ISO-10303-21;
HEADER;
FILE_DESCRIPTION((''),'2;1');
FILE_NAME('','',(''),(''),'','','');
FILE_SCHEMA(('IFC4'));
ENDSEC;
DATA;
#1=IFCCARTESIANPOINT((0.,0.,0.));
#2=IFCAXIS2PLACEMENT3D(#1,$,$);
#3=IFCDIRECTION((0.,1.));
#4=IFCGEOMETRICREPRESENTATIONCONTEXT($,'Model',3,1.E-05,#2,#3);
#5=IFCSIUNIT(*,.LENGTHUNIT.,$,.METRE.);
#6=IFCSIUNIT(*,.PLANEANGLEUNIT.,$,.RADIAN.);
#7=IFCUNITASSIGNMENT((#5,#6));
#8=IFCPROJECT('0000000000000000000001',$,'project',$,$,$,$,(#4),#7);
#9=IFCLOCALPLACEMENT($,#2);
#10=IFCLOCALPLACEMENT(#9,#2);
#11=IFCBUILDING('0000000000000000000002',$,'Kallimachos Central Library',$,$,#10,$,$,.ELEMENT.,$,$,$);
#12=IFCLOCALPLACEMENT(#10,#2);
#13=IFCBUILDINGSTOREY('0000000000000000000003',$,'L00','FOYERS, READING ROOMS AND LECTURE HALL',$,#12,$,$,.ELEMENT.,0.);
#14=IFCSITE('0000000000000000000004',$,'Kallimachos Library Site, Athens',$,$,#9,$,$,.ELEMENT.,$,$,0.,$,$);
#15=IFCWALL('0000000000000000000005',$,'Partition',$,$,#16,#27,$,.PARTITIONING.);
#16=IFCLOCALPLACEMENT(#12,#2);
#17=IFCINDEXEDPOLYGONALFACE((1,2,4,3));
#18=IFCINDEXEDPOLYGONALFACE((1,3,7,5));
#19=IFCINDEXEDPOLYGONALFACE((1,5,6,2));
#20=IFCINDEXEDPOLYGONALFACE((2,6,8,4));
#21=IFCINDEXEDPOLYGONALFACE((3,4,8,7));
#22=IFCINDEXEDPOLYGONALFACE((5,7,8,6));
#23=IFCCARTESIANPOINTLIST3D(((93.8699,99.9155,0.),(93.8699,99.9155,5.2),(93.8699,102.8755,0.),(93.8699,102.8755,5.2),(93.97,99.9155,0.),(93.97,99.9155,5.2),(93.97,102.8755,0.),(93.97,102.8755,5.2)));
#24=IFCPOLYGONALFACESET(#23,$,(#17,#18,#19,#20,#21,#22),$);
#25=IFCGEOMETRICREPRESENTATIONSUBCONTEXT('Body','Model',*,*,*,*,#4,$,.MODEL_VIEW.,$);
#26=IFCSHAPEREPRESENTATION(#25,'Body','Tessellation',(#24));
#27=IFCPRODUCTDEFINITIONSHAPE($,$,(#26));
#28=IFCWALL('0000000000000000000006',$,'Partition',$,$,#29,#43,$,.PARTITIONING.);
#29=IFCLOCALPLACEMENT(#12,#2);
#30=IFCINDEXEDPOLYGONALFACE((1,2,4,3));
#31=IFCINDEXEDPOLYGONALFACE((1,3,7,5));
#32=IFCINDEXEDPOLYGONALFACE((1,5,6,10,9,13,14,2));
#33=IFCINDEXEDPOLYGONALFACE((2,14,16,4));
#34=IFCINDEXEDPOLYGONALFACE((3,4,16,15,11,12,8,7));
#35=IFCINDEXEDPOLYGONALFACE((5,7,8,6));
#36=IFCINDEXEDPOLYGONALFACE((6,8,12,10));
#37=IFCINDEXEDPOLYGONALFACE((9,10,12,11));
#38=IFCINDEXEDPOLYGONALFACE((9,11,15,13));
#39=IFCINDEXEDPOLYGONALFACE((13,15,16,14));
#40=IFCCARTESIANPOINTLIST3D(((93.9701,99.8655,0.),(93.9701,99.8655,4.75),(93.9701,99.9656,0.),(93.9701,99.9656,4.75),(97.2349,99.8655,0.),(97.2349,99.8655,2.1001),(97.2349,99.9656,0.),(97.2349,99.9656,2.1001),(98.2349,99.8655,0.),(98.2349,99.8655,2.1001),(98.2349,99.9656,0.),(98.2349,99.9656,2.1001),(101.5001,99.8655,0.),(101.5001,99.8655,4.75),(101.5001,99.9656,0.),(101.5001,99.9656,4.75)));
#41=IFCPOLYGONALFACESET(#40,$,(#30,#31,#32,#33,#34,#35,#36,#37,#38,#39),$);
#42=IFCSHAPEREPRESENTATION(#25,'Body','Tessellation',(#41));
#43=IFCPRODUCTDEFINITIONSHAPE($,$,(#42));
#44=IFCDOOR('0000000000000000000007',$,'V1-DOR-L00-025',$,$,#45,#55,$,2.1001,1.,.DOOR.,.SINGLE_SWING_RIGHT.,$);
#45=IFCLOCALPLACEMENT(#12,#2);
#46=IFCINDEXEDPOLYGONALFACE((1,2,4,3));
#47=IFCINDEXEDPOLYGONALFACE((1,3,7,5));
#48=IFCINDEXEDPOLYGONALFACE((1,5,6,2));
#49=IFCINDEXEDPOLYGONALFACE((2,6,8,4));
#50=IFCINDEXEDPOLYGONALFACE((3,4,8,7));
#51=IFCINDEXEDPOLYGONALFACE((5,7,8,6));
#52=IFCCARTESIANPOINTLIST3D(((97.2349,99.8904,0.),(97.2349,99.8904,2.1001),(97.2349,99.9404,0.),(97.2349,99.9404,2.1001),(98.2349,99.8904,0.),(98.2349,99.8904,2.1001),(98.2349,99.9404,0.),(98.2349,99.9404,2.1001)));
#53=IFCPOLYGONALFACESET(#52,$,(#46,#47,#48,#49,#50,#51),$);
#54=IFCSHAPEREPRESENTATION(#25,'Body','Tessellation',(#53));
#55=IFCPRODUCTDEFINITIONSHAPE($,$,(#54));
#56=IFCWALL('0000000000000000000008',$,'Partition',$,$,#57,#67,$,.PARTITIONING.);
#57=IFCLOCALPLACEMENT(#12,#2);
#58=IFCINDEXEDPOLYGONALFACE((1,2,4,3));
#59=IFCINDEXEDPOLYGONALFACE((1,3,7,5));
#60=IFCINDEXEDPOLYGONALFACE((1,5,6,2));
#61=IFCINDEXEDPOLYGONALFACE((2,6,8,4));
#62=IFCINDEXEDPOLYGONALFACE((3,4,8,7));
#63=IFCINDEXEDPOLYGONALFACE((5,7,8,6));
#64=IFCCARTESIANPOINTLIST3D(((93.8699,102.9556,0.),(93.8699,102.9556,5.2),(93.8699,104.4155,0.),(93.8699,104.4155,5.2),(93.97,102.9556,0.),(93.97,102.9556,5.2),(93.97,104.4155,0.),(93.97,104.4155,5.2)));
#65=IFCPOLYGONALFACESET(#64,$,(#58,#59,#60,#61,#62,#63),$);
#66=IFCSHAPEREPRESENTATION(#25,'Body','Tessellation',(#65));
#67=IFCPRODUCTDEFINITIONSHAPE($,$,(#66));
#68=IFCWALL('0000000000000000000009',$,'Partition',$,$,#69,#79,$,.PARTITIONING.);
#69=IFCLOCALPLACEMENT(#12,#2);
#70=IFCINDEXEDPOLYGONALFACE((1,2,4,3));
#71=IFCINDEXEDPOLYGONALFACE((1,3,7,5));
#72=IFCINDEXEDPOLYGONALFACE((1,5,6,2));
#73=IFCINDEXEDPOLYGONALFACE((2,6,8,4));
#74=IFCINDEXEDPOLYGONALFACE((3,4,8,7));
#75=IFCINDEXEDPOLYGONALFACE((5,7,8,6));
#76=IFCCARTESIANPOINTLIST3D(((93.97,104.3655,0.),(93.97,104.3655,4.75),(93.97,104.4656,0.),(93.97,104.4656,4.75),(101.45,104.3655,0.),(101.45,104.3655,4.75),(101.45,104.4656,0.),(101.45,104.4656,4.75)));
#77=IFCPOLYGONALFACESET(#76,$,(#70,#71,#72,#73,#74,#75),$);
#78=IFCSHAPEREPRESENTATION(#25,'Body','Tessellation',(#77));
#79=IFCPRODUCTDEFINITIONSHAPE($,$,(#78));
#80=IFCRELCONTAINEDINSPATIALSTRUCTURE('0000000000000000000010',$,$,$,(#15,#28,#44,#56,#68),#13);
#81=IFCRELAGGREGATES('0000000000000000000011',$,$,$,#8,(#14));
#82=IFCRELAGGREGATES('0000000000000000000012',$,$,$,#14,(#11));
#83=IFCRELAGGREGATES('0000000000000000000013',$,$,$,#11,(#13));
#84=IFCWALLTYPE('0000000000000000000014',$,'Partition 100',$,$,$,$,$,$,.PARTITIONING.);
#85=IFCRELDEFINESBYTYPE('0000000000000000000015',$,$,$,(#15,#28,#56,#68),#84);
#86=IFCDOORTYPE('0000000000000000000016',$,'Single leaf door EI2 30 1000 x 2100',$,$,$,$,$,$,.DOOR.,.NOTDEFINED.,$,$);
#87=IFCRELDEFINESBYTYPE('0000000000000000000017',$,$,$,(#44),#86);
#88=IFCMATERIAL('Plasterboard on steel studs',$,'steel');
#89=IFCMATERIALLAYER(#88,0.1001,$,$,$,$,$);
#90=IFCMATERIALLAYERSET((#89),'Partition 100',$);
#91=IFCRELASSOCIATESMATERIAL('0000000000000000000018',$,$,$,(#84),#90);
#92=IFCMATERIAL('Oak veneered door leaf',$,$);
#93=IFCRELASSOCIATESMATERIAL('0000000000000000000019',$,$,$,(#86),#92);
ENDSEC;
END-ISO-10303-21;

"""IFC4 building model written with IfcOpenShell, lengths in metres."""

from ifc_helpers import new_model, si_unit, direction, frame, frame_2d, origin, place, context, subcontext, project, spatial, rectangle, extrude, material, layer, layer_set, type_object, element, fill, save


model = new_model("IFC4")

# Units and contexts
model_context = context("Model", 3, precision=1e-05, world=origin(), true_north=direction((0.0, 1.0)))
body_context = subcontext(model_context, "Body", "Model", "MODEL_VIEW")
ifc_project = project(units=[si_unit("LENGTHUNIT", "METRE"), si_unit("PLANEANGLEUNIT", "RADIAN")], contexts=[model_context])

# Site, building, storey
site_placement = place(None, origin())
site = spatial("IfcSite", under=ifc_project, at=site_placement, Name="Kallimachos Library Site, Athens", CompositionType="ELEMENT", RefElevation=0.0)
building_placement = place(site_placement, origin())
building = spatial("IfcBuilding", under=site, at=building_placement, Name="Kallimachos Central Library", CompositionType="ELEMENT")
storey_placement = place(building_placement, origin())
storey = spatial("IfcBuildingStorey", under=building, at=storey_placement, Name="L00", Description="FOYERS, READING ROOMS AND LECTURE HALL", CompositionType="ELEMENT", Elevation=0.0)

# Wall
ifc_material_1 = material(Name="Plasterboard on steel studs", Category="steel")
ifc_layer = layer(ifc_material_1, 0.1001)
ifc_layer_set = layer_set([ifc_layer], Name="Partition 100")
wall_type = type_object("IfcWallType", Name="Partition 100", PredefinedType="PARTITIONING", material=ifc_layer_set)
wall_1_placement = place(storey_placement, frame((93.9199, 102.8755, 0.0), z_axis=(0.0, 0.0, 1.0), x_axis=(0.0, -1.0, 0.0)))
element("IfcWall", 1, at=wall_1_placement, inside=storey, type_object=wall_type, Name="Partition", PredefinedType="PARTITIONING", context=body_context, shape_type="SweptSolid", body=[
    extrude(rectangle(XDim=2.96, YDim=0.1001, at=frame_2d((1.48, 0.0))), origin(), (0.0, 0.0, 1.0), 5.2),
])

# Wall, opening, door
wall_2_placement = place(storey_placement, frame((93.97, 99.9155, 0.0), z_axis=(0.0, 0.0, 1.0), x_axis=(1.0, 0.0, 0.0)))
wall_2 = element("IfcWall", 2, at=wall_2_placement, inside=storey, type_object=wall_type, Name="Partition", PredefinedType="PARTITIONING", context=body_context, shape_type="SweptSolid", body=[
    extrude(rectangle(XDim=7.53, YDim=0.1001, at=frame_2d((3.7651, 0.0))), origin(), (0.0, 0.0, 1.0), 4.75),
])
opening_placement = place(wall_2_placement, frame((3.2649, 0.0, 0.0)))
opening = element("IfcOpeningElement", 3, at=opening_placement, cuts=wall_2, PredefinedType="OPENING", context=body_context, shape_type="SweptSolid", body=[
    extrude(rectangle(XDim=1.0, YDim=2.1001, at=frame_2d((0.5, 1.05))), frame((0.0, 0.0601, 0.0), z_axis=(0.0, -1.0, 0.0), x_axis=(1.0, 0.0, 0.0)), (0.0, 0.0, 1.0), 0.1201),
])
ifc_material_2 = material(Name="Oak veneered door leaf")
door_type = type_object("IfcDoorType", Name="Single leaf door EI2 30 1000 x 2100", OperationType="NOTDEFINED", PredefinedType="DOOR", material=ifc_material_2)
door_placement = place(opening_placement, origin())
door = element("IfcDoor", 4, at=door_placement, inside=storey, type_object=door_type, Name="V1-DOR-L00-025", OperationType="SINGLE_SWING_RIGHT", OverallHeight=2.1001, OverallWidth=1.0, PredefinedType="DOOR", context=body_context, shape_type="SweptSolid", body=[
    extrude(rectangle(XDim=1.0, YDim=2.1001, at=frame_2d((0.5, 1.05))), frame((0.0, 0.0249, 0.0), z_axis=(0.0, -1.0, 0.0), x_axis=(1.0, 0.0, 0.0)), (0.0, 0.0, 1.0), 0.05),
])
fill(opening, door)

# Walls
wall_3_placement = place(storey_placement, frame((93.9199, 104.4155, 0.0), z_axis=(0.0, 0.0, 1.0), x_axis=(0.0, -1.0, 0.0)))
element("IfcWall", 5, at=wall_3_placement, inside=storey, type_object=wall_type, Name="Partition", PredefinedType="PARTITIONING", context=body_context, shape_type="SweptSolid", body=[
    extrude(rectangle(XDim=1.46, YDim=0.1001, at=frame_2d((0.73, 0.0))), origin(), (0.0, 0.0, 1.0), 5.2),
])
wall_4_placement = place(storey_placement, frame((93.97, 104.4155, 0.0), z_axis=(0.0, 0.0, 1.0), x_axis=(1.0, 0.0, 0.0)))
element("IfcWall", 6, at=wall_4_placement, inside=storey, type_object=wall_type, Name="Partition", PredefinedType="PARTITIONING", context=body_context, shape_type="SweptSolid", body=[
    extrude(rectangle(XDim=7.48, YDim=0.1001, at=frame_2d((3.74, 0.0))), origin(), (0.0, 0.0, 1.0), 4.75),
])

save(model, "model.ifc")
